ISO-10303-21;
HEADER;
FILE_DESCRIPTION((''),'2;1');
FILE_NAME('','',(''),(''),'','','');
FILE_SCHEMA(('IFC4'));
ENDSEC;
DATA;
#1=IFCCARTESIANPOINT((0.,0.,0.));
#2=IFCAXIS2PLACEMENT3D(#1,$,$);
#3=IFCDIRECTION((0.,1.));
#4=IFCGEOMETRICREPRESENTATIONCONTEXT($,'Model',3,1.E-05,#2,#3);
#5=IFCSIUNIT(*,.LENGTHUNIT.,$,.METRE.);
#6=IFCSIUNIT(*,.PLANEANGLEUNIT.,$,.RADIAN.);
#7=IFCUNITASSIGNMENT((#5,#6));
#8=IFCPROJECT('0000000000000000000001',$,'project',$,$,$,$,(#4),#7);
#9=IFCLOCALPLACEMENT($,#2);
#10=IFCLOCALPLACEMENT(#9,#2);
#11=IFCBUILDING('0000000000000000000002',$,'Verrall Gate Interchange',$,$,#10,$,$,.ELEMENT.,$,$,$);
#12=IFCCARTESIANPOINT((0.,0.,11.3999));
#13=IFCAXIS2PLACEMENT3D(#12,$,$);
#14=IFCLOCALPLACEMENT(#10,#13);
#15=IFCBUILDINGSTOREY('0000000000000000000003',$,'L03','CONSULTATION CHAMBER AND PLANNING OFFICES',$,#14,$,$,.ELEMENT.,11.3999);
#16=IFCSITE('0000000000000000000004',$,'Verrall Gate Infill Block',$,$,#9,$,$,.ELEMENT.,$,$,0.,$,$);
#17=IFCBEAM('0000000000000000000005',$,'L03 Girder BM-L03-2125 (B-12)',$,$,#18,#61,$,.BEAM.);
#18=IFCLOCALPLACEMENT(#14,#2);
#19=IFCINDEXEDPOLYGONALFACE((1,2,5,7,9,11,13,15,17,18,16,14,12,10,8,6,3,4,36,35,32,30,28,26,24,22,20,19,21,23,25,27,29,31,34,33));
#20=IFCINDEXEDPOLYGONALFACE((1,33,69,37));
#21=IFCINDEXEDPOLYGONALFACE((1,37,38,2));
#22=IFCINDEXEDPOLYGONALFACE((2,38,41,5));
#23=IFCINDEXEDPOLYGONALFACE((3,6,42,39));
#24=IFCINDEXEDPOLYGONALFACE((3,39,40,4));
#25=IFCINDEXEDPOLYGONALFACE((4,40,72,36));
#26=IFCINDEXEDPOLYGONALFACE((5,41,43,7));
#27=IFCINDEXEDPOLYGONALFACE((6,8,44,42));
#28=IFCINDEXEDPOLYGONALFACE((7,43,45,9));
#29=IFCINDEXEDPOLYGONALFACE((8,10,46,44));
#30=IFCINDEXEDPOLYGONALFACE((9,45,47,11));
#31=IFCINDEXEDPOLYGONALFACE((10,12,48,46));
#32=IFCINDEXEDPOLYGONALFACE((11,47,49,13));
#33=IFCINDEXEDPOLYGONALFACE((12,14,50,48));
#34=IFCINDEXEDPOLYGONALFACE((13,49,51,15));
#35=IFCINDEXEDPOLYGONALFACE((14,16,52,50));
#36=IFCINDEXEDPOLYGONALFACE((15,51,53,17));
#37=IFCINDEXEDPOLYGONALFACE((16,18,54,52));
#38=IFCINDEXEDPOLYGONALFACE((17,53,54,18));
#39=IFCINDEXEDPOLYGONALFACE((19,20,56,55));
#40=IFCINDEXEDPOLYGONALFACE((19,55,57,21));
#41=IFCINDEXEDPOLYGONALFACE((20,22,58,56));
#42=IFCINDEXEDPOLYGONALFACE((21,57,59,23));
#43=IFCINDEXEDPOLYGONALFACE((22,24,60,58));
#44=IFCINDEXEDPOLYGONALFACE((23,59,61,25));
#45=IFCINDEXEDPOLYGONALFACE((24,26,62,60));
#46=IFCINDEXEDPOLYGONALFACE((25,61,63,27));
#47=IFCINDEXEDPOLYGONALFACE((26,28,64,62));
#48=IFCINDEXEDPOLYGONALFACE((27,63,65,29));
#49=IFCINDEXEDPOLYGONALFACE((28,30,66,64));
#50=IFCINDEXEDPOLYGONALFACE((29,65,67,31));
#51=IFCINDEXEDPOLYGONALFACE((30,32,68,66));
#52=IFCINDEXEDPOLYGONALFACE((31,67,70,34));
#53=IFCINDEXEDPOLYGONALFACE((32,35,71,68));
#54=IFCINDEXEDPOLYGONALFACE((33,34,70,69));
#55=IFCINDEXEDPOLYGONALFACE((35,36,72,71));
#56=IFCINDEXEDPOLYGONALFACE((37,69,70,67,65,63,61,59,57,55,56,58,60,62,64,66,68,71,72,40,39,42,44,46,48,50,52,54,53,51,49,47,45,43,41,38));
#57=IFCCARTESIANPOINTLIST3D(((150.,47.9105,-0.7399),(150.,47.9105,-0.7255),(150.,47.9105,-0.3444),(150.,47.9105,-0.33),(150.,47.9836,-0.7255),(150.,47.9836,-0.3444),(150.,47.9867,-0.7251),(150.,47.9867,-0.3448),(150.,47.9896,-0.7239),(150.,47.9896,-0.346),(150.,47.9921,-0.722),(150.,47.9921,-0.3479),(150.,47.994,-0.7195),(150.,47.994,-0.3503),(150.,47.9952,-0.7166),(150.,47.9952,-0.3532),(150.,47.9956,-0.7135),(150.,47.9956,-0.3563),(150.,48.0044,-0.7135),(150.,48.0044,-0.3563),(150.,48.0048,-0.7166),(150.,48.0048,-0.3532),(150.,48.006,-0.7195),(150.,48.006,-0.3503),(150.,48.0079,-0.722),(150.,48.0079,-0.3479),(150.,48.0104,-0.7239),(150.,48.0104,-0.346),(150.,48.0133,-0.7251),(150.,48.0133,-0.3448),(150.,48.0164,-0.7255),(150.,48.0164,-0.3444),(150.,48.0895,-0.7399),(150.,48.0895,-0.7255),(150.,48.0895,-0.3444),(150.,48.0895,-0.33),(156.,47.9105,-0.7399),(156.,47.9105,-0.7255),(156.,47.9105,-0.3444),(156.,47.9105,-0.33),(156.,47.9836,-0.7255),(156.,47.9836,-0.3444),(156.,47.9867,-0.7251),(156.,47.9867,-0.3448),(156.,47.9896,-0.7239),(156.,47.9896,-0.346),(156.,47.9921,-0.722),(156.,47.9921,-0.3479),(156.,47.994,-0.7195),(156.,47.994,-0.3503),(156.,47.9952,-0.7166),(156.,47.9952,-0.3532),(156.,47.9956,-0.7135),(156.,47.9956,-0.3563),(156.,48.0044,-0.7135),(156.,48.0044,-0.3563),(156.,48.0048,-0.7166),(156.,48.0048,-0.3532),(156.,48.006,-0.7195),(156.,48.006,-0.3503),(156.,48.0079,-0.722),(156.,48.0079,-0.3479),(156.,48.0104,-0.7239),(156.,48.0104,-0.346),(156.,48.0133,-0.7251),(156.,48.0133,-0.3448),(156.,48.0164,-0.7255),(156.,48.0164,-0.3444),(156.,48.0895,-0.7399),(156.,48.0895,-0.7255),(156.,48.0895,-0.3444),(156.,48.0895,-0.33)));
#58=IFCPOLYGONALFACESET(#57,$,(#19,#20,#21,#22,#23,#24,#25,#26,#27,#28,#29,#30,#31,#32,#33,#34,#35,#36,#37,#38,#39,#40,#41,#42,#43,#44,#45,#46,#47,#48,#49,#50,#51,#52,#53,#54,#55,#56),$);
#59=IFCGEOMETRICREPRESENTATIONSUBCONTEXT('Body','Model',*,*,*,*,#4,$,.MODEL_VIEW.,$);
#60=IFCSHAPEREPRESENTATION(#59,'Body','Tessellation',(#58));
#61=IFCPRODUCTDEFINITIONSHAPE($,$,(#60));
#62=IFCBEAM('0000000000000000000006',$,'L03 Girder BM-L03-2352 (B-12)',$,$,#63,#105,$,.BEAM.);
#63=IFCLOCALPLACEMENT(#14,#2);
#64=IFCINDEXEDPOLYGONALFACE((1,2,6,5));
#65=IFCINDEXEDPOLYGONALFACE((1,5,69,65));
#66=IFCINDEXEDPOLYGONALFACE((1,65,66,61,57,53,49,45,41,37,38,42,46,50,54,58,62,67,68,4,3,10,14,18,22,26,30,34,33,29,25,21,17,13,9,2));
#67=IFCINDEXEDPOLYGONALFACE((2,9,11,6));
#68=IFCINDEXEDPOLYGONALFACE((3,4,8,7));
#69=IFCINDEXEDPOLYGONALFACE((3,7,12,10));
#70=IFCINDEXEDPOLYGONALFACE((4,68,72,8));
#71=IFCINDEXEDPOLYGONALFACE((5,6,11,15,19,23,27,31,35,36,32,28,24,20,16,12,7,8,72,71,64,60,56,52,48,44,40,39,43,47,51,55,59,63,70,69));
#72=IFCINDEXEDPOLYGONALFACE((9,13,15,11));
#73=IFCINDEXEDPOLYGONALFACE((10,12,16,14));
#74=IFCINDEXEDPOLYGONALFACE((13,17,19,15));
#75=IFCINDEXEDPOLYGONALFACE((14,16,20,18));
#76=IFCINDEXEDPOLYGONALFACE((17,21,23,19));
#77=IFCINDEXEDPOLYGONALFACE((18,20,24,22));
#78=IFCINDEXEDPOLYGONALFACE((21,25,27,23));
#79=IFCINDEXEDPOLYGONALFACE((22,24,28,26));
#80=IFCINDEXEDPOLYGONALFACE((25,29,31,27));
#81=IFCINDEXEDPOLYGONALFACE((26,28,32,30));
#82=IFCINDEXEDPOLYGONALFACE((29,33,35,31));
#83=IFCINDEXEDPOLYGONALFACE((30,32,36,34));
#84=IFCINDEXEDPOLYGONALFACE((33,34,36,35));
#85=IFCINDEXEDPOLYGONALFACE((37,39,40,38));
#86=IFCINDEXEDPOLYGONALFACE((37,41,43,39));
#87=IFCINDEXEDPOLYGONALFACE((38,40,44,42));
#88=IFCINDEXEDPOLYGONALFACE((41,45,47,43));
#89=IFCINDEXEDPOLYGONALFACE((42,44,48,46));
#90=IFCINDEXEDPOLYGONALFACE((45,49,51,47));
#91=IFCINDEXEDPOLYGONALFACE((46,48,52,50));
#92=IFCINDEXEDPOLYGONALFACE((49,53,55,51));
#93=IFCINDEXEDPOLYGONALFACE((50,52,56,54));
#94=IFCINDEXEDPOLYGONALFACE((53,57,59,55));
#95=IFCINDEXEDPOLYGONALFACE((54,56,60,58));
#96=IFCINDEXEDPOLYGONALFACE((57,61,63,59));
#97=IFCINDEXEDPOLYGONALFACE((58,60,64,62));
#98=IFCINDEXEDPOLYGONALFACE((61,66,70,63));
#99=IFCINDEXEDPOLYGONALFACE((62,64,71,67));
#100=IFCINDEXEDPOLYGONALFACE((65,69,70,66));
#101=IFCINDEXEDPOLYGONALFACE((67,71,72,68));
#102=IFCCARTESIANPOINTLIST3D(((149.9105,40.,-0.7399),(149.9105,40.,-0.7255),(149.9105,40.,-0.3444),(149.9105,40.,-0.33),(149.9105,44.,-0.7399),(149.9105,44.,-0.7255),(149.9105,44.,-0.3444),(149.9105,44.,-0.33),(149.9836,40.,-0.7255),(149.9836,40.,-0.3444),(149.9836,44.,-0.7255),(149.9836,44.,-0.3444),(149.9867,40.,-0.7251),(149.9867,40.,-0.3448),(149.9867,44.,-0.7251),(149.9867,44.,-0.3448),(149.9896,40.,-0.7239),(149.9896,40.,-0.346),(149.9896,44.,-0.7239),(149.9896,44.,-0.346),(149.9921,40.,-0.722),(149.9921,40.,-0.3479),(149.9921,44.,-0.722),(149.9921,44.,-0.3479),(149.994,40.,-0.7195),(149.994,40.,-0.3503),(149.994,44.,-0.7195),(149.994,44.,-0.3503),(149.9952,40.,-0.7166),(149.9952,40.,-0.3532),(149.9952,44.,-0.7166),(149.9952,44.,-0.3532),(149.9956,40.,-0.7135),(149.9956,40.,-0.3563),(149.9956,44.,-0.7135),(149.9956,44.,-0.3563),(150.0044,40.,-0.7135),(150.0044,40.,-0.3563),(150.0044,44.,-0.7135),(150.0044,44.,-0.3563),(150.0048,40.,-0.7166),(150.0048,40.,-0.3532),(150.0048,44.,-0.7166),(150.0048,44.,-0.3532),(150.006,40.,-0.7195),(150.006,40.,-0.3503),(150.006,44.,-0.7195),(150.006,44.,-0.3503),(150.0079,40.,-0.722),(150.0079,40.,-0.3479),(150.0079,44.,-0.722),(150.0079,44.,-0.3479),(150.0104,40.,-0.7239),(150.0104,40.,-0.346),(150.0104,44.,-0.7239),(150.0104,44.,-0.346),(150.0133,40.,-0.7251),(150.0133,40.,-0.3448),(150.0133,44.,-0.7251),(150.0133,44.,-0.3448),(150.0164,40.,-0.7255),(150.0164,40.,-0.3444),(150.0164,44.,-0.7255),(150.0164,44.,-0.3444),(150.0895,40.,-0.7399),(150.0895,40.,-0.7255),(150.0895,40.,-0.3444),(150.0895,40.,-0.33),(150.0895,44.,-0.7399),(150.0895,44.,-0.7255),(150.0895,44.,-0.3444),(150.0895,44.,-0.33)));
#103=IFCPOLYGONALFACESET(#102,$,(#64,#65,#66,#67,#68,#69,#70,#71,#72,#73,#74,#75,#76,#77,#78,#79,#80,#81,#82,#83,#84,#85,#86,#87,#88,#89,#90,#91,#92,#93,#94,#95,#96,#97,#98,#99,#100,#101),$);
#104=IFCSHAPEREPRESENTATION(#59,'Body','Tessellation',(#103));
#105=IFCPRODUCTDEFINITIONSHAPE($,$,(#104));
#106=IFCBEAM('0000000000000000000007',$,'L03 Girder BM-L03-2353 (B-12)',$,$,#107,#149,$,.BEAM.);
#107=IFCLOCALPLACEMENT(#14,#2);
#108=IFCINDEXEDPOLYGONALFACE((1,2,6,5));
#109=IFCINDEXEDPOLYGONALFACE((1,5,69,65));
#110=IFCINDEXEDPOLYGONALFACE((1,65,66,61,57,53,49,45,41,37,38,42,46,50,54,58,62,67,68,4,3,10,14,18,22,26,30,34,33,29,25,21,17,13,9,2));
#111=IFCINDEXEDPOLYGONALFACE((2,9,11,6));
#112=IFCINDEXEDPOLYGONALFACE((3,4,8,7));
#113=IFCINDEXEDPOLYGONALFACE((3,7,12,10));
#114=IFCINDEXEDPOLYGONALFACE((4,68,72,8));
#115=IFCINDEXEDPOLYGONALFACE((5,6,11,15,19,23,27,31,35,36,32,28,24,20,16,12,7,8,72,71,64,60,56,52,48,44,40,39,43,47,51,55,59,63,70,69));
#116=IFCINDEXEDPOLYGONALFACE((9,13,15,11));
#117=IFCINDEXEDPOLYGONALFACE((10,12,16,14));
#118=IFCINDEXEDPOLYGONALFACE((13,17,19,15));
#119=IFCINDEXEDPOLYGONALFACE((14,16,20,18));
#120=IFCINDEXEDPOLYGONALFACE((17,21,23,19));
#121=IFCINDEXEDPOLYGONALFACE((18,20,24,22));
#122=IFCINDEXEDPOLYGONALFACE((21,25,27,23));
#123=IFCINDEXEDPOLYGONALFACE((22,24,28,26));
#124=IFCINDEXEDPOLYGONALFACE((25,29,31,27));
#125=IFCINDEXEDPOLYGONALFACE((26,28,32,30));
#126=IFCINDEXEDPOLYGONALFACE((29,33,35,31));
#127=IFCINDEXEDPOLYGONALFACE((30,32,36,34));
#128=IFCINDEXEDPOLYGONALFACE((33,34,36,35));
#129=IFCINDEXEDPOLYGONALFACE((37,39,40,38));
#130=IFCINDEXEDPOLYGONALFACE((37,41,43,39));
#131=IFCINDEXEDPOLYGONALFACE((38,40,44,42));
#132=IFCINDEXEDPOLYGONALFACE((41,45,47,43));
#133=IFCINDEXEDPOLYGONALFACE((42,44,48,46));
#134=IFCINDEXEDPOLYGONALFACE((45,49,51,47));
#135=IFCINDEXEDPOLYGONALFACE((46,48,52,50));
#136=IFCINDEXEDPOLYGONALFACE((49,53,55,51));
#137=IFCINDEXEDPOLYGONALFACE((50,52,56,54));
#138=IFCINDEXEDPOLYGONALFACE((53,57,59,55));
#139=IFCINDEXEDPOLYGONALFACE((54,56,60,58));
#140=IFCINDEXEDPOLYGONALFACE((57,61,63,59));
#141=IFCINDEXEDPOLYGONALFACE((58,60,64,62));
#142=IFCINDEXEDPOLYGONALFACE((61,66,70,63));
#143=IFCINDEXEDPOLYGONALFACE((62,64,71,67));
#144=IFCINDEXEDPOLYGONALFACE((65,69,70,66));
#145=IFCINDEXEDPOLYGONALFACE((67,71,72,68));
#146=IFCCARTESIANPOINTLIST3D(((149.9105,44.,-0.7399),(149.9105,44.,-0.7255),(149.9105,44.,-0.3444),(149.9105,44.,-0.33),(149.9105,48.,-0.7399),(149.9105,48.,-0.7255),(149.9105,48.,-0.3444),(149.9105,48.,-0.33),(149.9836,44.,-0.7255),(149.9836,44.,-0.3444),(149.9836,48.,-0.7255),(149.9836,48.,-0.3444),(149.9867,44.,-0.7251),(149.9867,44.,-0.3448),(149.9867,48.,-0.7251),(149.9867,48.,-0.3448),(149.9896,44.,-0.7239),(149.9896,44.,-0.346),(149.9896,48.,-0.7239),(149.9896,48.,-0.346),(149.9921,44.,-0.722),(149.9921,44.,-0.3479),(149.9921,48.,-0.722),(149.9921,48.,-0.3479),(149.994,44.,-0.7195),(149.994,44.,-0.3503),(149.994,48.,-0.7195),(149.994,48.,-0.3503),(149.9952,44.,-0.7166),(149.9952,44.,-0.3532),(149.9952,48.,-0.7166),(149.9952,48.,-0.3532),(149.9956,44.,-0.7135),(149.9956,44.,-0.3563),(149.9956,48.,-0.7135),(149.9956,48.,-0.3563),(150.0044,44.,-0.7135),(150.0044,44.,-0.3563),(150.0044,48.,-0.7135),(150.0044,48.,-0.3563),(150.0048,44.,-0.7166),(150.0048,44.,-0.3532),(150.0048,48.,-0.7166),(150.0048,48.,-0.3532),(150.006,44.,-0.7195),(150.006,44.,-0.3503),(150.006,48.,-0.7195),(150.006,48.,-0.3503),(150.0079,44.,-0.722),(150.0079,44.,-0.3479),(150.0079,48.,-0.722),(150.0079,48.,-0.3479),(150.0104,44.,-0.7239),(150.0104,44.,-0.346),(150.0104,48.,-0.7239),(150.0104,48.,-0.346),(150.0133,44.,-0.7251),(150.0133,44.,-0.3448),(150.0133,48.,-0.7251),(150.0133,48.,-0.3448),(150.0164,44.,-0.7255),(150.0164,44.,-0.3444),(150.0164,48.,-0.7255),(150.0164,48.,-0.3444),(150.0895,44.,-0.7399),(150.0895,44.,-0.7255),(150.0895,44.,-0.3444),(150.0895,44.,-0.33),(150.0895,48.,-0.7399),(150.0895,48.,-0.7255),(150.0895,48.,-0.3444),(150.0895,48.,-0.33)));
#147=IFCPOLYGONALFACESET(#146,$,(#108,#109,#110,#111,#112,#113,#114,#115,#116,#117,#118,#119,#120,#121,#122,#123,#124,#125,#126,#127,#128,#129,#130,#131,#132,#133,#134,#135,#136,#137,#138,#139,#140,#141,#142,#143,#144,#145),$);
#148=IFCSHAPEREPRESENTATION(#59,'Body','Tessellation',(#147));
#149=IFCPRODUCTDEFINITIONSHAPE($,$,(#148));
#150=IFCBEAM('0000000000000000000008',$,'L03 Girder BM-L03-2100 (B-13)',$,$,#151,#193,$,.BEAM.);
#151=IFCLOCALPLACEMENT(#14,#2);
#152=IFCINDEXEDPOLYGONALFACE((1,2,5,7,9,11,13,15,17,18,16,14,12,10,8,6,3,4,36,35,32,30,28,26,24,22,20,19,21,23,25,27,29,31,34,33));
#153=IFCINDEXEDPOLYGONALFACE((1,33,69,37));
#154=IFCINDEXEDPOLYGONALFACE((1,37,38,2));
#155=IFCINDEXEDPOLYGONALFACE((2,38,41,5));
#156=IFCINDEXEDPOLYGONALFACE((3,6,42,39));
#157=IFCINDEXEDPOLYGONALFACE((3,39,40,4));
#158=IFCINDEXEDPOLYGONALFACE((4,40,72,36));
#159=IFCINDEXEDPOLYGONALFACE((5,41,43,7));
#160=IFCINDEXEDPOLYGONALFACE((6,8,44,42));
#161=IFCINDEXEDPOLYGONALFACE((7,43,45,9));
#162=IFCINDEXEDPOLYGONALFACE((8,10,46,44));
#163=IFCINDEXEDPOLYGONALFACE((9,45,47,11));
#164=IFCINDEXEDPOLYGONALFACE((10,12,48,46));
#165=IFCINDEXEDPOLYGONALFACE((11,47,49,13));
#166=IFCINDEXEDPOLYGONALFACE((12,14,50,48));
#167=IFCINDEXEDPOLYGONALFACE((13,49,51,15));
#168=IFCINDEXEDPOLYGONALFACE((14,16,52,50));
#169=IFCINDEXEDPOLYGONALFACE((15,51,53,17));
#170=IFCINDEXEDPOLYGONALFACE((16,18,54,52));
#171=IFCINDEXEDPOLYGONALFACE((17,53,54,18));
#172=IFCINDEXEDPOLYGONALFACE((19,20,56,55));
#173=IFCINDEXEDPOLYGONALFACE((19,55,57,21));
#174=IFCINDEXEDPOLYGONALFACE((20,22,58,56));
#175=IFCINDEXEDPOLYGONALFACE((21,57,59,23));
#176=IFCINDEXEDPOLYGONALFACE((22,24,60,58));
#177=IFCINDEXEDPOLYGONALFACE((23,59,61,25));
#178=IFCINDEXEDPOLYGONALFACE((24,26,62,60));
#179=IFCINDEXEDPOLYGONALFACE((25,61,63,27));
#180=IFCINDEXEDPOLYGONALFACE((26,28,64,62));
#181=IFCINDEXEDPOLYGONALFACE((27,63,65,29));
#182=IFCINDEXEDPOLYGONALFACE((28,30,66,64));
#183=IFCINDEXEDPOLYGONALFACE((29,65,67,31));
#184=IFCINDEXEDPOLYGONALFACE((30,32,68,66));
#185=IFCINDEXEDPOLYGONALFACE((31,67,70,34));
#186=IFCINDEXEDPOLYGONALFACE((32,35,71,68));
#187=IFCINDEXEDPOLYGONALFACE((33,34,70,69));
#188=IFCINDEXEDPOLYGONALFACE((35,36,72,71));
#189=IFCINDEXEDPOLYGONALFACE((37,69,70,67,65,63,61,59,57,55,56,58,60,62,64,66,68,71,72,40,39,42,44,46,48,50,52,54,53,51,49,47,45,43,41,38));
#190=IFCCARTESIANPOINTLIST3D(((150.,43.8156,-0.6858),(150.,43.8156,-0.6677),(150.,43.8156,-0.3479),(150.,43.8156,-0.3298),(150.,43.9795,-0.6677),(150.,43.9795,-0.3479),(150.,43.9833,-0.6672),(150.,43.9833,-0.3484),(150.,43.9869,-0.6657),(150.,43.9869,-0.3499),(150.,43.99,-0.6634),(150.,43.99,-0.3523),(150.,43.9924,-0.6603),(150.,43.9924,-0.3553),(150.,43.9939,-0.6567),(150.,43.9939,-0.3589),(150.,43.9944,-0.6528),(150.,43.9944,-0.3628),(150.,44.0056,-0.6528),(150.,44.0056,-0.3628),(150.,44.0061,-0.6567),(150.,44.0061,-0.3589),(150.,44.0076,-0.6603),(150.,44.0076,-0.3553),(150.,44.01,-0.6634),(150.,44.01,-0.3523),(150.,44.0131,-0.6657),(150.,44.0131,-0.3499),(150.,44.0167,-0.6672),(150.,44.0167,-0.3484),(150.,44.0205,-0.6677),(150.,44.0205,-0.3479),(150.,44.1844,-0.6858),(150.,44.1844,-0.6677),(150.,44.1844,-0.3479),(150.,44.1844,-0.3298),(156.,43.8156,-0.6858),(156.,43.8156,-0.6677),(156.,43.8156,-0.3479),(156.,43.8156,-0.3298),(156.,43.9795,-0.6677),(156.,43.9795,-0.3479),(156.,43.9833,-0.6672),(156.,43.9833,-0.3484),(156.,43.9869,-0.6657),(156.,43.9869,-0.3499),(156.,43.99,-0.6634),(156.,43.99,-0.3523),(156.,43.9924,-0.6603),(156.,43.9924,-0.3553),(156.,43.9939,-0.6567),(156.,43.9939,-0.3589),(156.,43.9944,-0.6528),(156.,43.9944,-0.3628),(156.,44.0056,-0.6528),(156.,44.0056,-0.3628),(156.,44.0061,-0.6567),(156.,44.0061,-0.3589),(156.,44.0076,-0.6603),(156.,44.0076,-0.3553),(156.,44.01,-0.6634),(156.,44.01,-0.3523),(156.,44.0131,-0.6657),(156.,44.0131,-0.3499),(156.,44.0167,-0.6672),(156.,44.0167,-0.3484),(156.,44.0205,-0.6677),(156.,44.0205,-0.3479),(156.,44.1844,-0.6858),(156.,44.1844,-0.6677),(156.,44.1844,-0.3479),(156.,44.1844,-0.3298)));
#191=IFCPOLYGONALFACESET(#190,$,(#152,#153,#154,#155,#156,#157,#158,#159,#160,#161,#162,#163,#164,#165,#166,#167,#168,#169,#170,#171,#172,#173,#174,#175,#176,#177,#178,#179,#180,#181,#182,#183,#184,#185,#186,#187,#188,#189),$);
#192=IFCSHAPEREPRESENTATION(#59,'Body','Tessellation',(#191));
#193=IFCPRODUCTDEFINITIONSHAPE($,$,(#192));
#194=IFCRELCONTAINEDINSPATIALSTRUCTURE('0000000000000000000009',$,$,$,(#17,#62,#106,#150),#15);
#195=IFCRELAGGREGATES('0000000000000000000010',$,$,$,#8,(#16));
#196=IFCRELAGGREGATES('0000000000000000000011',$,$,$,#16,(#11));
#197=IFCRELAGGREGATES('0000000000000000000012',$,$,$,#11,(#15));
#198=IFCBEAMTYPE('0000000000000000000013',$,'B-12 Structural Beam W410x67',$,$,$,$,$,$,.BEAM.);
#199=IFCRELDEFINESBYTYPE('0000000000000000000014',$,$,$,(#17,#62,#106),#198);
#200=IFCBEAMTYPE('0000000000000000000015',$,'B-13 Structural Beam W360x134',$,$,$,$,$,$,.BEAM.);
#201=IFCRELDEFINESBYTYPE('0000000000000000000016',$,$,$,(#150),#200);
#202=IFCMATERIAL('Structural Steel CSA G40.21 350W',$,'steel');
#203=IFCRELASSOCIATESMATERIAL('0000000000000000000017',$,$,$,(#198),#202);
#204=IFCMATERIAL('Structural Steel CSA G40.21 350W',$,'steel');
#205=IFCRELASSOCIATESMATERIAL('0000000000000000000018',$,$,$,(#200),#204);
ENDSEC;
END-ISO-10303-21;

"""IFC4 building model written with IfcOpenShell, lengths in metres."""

from ifc_helpers import new_model, si_unit, direction, frame, origin, origin_2d, place, context, subcontext, project, spatial, i_section, extrude, material, material_profile, profile_set, type_object, element, save


model = new_model("IFC4")

# Units and contexts
model_context = context("Model", 3, precision=1e-05, world=origin(), true_north=direction((0.0, 1.0)))
body_context = subcontext(model_context, "Body", "Model", "MODEL_VIEW")
ifc_project = project(units=[si_unit("LENGTHUNIT", "METRE"), si_unit("PLANEANGLEUNIT", "RADIAN")], contexts=[model_context])

# Site, building, storey
site_placement = place(None, origin())
site = spatial("IfcSite", under=ifc_project, at=site_placement, Name="Verrall Gate Infill Block", CompositionType="ELEMENT", RefElevation=0.0)
building_placement = place(site_placement, origin())
building = spatial("IfcBuilding", under=site, at=building_placement, Name="Verrall Gate Interchange", CompositionType="ELEMENT")
storey_placement = place(building_placement, frame((0.0, 0.0, 11.3999)))
storey = spatial("IfcBuildingStorey", under=building, at=storey_placement, Name="L03", Description="CONSULTATION CHAMBER AND PLANNING OFFICES", CompositionType="ELEMENT", Elevation=11.3999)

# Beams
ifc_material_1 = material(Name="Structural Steel CSA G40.21 350W", Category="steel")
ifc_material_profile_1 = material_profile(ifc_material_1, i_section(OverallWidth=0.179, OverallDepth=0.4099, WebThickness=0.0088, FlangeThickness=0.0144, FilletRadius=0.012, at=origin_2d()), Name="W410x67")
ifc_profile_set_1 = profile_set([ifc_material_profile_1], Name="Structural Steel CSA G40.21 350W")
beam_type_1 = type_object("IfcBeamType", Name="B-12 Structural Beam W410x67", PredefinedType="BEAM", material=ifc_profile_set_1)
for number, where, z_axis, x_axis, name in (
    (1, (150.0, 48.0, -0.5349), (1.0, 0.0, 0.0), (0.0, 1.0, 0.0), "L03 Girder BM-L03-2125 (B-12)"),
):
    element("IfcBeam", number, at=place(storey_placement, frame(where, z_axis=z_axis, x_axis=x_axis)), inside=storey, type_object=beam_type_1, Name=name, PredefinedType="BEAM", context=body_context, shape_type="SweptSolid", body=[
        extrude(i_section(OverallWidth=0.179, OverallDepth=0.4099, WebThickness=0.0088, FlangeThickness=0.0144, FilletRadius=0.012, at=origin_2d()), origin(), (0.0, 0.0, 1.0), 6.0),
    ])
for number, where, z_axis, x_axis, name in (
    (2, (150.0, 40.0, -0.5349), (0.0, 1.0, 0.0), (-1.0, 0.0, 0.0), "L03 Girder BM-L03-2352 (B-12)"),
    (3, (150.0, 44.0, -0.5349), (0.0, 1.0, 0.0), (-1.0, 0.0, 0.0), "L03 Girder BM-L03-2353 (B-12)"),
):
    element("IfcBeam", number, at=place(storey_placement, frame(where, z_axis=z_axis, x_axis=x_axis)), inside=storey, type_object=beam_type_1, Name=name, PredefinedType="BEAM", context=body_context, shape_type="SweptSolid", body=[
        extrude(i_section(OverallWidth=0.179, OverallDepth=0.4099, WebThickness=0.0088, FlangeThickness=0.0144, FilletRadius=0.012, at=origin_2d()), origin(), (0.0, 0.0, 1.0), 4.0),
    ])
ifc_material_2 = material(Name="Structural Steel CSA G40.21 350W", Category="steel")
ifc_material_profile_2 = material_profile(ifc_material_2, i_section(OverallWidth=0.3689, OverallDepth=0.356, WebThickness=0.0112, FlangeThickness=0.0181, FilletRadius=0.0149, at=origin_2d()), Name="W360x134")
ifc_profile_set_2 = profile_set([ifc_material_profile_2], Name="Structural Steel CSA G40.21 350W")
beam_type_2 = type_object("IfcBeamType", Name="B-13 Structural Beam W360x134", PredefinedType="BEAM", material=ifc_profile_set_2)
beam_1_placement = place(storey_placement, frame((150.0, 44.0, -0.5078), z_axis=(1.0, 0.0, 0.0), x_axis=(0.0, 1.0, 0.0)))
element("IfcBeam", 4, at=beam_1_placement, inside=storey, type_object=beam_type_2, Name="L03 Girder BM-L03-2100 (B-13)", PredefinedType="BEAM", context=body_context, shape_type="SweptSolid", body=[
    extrude(i_section(OverallWidth=0.3689, OverallDepth=0.356, WebThickness=0.0112, FlangeThickness=0.0181, FilletRadius=0.0149, at=origin_2d()), origin(), (0.0, 0.0, 1.0), 6.0),
])

save(model, "model.ifc")
